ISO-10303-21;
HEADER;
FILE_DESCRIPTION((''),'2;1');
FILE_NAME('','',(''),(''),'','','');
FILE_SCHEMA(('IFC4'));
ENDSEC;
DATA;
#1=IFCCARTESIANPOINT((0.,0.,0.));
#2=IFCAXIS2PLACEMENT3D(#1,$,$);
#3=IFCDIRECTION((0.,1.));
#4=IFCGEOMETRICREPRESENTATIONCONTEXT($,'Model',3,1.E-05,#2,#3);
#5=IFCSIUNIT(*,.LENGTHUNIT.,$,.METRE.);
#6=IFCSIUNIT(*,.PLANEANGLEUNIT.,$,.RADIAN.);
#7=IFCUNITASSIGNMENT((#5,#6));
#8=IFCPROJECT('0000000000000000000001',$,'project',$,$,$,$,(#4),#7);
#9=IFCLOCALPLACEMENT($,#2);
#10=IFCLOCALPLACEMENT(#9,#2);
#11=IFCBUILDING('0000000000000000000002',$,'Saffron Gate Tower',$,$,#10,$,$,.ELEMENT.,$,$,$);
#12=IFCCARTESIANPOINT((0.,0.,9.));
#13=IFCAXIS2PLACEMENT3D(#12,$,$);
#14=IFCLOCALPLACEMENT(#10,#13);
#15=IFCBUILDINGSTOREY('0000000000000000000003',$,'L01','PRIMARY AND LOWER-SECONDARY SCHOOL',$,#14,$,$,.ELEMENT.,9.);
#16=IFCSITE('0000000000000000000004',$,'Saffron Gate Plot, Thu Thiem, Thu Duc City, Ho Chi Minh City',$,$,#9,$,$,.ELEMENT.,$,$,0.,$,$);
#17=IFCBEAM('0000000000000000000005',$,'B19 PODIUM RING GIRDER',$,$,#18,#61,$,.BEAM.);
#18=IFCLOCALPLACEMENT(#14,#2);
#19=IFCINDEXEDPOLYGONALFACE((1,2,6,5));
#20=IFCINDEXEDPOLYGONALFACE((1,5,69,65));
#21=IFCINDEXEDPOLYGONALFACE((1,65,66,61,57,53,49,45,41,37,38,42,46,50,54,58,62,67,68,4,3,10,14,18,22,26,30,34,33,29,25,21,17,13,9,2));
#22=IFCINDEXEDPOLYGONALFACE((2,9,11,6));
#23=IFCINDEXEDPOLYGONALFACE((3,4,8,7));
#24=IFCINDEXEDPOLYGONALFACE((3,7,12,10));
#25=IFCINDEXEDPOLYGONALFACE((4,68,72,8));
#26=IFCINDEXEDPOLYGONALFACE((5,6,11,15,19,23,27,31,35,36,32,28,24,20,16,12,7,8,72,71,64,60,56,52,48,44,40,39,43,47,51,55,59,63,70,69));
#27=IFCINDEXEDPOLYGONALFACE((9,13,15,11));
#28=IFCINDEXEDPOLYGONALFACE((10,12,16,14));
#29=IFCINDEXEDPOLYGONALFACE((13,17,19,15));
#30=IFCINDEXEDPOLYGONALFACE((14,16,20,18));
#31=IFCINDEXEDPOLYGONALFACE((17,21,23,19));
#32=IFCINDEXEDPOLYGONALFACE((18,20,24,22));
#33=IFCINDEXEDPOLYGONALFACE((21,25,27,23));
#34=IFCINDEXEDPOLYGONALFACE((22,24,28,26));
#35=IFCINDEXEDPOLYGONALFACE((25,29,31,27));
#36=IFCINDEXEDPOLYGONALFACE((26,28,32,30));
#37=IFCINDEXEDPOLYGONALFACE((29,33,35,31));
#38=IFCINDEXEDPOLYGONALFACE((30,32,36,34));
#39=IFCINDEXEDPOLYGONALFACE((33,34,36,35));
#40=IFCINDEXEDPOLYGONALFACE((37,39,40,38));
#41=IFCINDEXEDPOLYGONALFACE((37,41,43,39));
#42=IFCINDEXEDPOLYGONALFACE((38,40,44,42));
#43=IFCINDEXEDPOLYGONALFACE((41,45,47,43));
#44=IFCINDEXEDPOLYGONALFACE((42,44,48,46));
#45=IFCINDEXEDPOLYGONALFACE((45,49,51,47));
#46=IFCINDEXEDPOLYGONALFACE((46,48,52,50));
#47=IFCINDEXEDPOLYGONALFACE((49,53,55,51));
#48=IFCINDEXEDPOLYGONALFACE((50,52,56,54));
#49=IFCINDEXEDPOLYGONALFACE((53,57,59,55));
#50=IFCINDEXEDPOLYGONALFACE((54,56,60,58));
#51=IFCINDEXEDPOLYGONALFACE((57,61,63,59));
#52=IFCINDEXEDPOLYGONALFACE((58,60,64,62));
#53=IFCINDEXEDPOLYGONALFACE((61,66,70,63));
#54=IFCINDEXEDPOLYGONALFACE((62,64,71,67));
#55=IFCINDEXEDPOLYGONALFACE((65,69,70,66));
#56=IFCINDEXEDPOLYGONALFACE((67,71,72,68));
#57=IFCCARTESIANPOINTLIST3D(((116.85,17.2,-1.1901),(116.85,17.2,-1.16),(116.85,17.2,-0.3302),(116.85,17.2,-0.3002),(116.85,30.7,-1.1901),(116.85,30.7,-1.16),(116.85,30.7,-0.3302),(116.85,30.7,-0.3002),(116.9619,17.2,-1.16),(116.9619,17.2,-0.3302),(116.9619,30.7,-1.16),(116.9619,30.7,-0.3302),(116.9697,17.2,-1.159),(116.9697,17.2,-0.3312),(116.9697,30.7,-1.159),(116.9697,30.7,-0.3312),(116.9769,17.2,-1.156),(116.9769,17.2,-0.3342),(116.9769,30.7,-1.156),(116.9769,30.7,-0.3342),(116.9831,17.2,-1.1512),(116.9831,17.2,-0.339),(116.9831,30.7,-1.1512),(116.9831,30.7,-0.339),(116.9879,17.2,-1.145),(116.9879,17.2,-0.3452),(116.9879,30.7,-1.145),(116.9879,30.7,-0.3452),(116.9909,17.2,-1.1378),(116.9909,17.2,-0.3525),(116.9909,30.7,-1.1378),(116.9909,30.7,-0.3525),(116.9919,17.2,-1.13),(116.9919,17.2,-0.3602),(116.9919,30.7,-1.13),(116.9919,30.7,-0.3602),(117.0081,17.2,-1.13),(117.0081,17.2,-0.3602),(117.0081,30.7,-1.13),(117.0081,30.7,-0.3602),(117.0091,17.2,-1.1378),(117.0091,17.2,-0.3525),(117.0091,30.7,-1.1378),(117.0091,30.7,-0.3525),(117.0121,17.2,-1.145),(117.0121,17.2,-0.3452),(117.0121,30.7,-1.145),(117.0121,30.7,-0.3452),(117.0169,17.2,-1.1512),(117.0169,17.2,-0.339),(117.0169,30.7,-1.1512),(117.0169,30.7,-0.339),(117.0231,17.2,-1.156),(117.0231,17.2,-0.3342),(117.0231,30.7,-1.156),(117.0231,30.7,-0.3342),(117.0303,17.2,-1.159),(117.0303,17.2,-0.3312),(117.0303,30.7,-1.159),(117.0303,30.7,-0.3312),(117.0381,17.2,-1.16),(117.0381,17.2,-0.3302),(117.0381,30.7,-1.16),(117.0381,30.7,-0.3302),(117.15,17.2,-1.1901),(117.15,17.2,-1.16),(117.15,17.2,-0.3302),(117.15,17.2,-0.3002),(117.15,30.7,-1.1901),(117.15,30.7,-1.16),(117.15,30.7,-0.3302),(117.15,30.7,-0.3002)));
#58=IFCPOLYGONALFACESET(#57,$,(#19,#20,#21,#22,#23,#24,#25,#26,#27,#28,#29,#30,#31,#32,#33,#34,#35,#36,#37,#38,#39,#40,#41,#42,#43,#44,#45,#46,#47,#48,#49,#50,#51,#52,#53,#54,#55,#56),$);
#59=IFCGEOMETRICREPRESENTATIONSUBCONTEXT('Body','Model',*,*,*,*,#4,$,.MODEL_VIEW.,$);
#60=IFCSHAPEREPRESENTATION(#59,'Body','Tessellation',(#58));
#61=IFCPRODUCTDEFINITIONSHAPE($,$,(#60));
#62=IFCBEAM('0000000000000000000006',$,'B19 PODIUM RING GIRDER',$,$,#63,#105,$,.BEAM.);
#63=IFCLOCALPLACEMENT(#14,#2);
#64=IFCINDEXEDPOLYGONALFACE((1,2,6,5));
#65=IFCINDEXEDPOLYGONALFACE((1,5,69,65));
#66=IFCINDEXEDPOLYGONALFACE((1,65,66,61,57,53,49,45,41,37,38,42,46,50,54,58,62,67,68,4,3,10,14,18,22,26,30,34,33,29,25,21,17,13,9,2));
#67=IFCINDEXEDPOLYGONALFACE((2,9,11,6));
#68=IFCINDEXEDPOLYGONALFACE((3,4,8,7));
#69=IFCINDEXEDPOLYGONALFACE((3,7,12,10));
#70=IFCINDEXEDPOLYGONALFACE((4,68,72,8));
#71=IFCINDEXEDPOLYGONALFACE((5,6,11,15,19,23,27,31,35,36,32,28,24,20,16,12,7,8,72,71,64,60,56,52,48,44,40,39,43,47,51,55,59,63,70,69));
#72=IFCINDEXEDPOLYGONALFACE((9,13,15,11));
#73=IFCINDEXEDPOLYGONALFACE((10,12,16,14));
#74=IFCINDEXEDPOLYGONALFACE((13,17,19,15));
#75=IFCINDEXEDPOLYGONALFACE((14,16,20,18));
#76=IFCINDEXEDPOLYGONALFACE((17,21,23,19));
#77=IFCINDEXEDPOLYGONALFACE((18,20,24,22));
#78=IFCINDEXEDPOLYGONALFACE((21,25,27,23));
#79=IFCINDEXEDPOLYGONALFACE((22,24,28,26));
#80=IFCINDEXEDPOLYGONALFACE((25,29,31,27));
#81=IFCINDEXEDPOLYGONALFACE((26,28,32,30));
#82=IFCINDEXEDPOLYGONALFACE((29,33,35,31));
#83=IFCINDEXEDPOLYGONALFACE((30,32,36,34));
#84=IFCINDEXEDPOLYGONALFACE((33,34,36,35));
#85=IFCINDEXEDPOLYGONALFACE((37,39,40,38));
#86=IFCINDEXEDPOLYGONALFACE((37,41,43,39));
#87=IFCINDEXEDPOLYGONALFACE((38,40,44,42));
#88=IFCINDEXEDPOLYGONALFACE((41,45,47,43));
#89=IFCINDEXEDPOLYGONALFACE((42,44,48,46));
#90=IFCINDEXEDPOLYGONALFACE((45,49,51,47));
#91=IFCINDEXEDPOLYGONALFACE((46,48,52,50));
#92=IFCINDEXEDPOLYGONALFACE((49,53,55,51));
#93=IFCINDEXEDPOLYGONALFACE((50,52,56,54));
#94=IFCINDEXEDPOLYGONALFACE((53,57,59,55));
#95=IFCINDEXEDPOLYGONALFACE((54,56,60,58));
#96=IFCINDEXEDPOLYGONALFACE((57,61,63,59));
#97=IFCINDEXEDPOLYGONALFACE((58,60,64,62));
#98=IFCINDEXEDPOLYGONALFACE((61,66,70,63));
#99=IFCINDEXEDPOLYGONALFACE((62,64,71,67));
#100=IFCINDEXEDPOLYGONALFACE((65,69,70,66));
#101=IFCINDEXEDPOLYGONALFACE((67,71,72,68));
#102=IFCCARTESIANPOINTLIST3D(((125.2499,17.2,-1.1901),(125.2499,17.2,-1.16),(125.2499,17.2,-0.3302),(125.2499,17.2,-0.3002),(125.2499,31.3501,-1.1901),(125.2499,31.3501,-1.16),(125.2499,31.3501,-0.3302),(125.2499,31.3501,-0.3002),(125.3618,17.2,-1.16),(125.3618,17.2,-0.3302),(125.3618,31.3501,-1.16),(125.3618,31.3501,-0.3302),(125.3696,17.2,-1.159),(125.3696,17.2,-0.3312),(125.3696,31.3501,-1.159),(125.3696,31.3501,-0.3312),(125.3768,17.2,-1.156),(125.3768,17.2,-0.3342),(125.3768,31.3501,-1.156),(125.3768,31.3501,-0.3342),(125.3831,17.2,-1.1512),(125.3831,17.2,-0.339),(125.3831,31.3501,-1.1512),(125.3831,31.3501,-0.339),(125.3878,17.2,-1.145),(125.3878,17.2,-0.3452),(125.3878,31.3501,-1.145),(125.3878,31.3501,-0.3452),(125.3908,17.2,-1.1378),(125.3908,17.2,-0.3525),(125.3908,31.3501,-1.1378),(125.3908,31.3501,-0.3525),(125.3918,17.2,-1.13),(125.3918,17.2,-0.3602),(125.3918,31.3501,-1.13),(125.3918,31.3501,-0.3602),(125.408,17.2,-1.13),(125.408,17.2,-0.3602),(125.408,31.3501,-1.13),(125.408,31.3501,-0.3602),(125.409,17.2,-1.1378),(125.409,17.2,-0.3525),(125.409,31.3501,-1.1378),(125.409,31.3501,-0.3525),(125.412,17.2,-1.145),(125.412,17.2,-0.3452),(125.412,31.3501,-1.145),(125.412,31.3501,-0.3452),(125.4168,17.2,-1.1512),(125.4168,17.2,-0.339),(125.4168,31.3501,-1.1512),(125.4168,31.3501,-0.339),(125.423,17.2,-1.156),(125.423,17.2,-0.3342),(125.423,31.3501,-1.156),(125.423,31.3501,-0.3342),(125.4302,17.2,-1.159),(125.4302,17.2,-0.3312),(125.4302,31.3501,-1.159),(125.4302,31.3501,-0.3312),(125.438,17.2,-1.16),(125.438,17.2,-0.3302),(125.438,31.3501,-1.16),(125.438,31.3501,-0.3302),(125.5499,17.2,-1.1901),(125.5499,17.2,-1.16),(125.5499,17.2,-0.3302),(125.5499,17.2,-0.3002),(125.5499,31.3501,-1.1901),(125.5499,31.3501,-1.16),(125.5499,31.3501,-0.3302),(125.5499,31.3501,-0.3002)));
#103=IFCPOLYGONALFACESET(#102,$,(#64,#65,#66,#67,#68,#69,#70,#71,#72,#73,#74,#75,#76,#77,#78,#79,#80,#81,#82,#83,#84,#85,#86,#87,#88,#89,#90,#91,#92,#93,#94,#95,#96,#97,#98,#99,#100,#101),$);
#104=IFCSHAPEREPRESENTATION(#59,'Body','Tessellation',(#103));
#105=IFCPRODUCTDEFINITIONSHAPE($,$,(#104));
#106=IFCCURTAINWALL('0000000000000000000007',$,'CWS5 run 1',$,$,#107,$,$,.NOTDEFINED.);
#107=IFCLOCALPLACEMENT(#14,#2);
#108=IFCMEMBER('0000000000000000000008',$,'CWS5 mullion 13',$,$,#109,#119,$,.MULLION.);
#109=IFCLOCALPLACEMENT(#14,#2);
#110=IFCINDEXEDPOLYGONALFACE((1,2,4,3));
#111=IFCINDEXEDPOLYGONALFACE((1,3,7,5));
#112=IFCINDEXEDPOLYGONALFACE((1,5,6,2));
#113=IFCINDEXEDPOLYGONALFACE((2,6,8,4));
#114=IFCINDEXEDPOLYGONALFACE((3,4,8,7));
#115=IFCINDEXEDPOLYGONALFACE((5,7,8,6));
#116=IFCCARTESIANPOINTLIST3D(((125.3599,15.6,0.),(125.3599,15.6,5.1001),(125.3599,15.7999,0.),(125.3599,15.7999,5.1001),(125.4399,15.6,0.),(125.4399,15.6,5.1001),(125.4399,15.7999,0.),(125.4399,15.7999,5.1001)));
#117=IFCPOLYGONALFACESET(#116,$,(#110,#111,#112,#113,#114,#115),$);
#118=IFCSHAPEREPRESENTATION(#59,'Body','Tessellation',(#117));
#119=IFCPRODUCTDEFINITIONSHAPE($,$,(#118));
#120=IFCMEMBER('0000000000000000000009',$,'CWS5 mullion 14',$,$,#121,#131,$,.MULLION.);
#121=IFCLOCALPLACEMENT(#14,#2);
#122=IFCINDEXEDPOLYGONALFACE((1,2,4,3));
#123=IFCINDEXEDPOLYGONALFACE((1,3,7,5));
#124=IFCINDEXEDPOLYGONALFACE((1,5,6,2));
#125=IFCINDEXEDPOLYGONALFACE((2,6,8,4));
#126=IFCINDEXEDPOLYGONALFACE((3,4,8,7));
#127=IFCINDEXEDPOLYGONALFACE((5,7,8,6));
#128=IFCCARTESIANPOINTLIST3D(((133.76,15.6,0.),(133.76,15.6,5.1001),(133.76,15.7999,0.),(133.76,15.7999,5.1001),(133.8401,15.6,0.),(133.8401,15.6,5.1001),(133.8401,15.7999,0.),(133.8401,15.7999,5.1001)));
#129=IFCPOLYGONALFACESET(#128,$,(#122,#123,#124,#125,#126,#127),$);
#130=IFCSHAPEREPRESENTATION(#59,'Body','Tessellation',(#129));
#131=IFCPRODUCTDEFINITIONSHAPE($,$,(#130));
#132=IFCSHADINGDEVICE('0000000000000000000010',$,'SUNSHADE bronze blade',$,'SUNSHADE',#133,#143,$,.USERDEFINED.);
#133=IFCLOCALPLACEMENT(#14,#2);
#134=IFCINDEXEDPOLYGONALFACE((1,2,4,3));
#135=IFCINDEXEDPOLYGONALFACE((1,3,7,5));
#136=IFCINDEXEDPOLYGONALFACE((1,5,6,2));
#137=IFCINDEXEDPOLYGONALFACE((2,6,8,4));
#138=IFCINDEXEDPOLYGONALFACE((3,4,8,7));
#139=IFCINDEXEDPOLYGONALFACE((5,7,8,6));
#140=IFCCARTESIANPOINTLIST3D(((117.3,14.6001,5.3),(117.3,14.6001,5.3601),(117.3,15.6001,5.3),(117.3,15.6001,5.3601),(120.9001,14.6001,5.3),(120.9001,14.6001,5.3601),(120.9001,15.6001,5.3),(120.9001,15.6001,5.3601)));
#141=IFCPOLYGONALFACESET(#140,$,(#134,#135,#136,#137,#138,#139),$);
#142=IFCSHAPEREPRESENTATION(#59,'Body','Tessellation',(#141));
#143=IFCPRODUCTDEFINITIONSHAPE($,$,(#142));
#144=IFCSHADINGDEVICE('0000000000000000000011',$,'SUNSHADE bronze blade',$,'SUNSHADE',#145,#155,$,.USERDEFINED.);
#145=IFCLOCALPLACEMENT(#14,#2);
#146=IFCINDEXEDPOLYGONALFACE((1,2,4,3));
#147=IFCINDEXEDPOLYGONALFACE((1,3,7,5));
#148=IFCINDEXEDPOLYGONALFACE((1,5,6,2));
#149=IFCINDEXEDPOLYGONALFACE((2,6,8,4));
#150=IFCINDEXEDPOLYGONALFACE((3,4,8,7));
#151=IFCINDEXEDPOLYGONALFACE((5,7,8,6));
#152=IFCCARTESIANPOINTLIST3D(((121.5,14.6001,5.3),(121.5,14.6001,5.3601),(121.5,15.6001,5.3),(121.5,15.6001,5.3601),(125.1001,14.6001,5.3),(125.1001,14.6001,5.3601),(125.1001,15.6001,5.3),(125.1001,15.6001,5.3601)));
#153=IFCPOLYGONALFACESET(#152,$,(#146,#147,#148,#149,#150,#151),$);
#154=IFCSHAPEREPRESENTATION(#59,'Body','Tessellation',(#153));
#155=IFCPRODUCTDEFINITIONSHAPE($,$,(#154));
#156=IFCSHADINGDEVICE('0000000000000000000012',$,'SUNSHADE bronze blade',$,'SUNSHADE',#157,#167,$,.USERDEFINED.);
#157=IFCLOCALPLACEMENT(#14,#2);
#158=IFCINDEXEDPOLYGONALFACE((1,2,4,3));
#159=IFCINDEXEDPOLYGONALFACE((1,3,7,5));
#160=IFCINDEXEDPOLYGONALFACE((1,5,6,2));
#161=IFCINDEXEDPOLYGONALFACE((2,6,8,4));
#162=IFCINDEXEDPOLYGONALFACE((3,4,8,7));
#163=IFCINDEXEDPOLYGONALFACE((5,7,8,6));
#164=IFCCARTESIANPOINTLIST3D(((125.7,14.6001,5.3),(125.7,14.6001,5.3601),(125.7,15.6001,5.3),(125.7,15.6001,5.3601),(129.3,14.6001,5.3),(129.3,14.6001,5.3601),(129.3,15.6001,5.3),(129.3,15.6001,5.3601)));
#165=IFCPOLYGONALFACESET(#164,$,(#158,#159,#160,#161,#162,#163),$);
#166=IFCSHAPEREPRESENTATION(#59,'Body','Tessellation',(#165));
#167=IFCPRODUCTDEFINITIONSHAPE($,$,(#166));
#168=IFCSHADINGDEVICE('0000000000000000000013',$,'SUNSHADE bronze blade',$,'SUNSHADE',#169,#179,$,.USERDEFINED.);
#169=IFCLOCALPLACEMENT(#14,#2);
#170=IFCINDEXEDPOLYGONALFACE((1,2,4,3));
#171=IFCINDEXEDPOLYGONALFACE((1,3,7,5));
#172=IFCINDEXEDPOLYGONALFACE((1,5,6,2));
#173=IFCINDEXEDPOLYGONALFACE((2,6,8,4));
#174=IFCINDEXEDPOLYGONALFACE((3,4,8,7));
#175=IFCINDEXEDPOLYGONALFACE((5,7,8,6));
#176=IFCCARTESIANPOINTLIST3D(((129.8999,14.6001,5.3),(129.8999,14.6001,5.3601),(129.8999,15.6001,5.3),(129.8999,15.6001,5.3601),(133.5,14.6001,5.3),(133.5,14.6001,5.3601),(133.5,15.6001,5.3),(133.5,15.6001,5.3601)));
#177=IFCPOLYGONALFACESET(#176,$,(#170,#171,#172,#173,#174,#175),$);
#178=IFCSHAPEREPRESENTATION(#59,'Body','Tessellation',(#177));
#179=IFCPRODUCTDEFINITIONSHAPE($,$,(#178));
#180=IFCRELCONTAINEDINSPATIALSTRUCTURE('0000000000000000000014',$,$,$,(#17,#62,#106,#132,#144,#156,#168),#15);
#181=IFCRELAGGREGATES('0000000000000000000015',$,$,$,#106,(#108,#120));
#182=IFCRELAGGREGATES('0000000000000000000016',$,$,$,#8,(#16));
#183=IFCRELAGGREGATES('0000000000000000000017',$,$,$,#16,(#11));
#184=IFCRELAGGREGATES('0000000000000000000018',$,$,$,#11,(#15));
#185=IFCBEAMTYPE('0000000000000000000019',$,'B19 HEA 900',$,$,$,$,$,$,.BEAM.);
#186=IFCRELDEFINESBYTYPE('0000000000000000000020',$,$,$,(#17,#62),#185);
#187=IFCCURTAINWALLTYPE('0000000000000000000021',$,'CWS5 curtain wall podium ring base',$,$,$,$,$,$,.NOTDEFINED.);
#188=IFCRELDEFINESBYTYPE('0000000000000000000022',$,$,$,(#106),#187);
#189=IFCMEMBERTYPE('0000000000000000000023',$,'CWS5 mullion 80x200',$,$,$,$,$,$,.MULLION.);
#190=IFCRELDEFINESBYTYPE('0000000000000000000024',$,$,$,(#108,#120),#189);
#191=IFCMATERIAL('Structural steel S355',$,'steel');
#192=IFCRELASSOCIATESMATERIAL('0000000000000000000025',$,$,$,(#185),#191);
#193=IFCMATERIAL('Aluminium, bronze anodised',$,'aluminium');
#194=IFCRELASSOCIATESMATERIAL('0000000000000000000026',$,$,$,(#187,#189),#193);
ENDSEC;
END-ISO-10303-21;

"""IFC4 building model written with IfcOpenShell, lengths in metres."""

from ifc_helpers import new_model, si_unit, direction, frame, origin, origin_2d, place, context, subcontext, project, spatial, rectangle, i_section, extrude, material, material_profile, profile_set, type_object, element, aggregate, save


model = new_model("IFC4")

# Units and contexts
model_context = context("Model", 3, precision=1e-05, world=origin(), true_north=direction((0.0, 1.0)))
body_context = subcontext(model_context, "Body", "Model", "MODEL_VIEW")
ifc_project = project(units=[si_unit("LENGTHUNIT", "METRE"), si_unit("PLANEANGLEUNIT", "RADIAN")], contexts=[model_context])

# Site, building, storey
site_placement = place(None, origin())
site = spatial("IfcSite", under=ifc_project, at=site_placement, Name="Saffron Gate Plot, Thu Thiem, Thu Duc City, Ho Chi Minh City", CompositionType="ELEMENT", RefElevation=0.0)
building_placement = place(site_placement, origin())
building = spatial("IfcBuilding", under=site, at=building_placement, Name="Saffron Gate Tower", CompositionType="ELEMENT")
storey_placement = place(building_placement, frame((0.0, 0.0, 9.0)))
storey = spatial("IfcBuildingStorey", under=building, at=storey_placement, Name="L01", Description="PRIMARY AND LOWER-SECONDARY SCHOOL", CompositionType="ELEMENT", Elevation=9.0)

# Beams
ifc_material_1 = material(Name="Structural steel S355", Category="steel")
ifc_material_profile_1 = material_profile(ifc_material_1, i_section(OverallWidth=0.3, OverallDepth=0.8899, WebThickness=0.0161, FlangeThickness=0.03, FilletRadius=0.03, at=origin_2d()))
ifc_profile_set_1 = profile_set([ifc_material_profile_1], Name="Structural steel S355")
beam_type_1 = type_object("IfcBeamType", Name="B19 HEA 900", PredefinedType="BEAM", material=ifc_profile_set_1)
beam_1_placement = place(storey_placement, frame((117.0, 17.2, -0.7451), z_axis=(0.0, 1.0, 0.0), x_axis=(-1.0, 0.0, 0.0)))
element("IfcBeam", 1, at=beam_1_placement, inside=storey, type_object=beam_type_1, Name="B19 PODIUM RING GIRDER", PredefinedType="BEAM", context=body_context, shape_type="SweptSolid", body=[
    extrude(i_section(OverallWidth=0.3, OverallDepth=0.8899, WebThickness=0.0161, FlangeThickness=0.03, FilletRadius=0.03, at=origin_2d()), origin(), (0.0, 0.0, 1.0), 13.5),
])
beam_2_placement = place(storey_placement, frame((125.3999, 17.2, -0.7451), z_axis=(0.0, 1.0, 0.0), x_axis=(-1.0, 0.0, 0.0)))
element("IfcBeam", 2, at=beam_2_placement, inside=storey, type_object=beam_type_1, Name="B19 PODIUM RING GIRDER", PredefinedType="BEAM", context=body_context, shape_type="SweptSolid", body=[
    extrude(i_section(OverallWidth=0.3, OverallDepth=0.8899, WebThickness=0.0161, FlangeThickness=0.03, FilletRadius=0.03, at=origin_2d()), origin(), (0.0, 0.0, 1.0), 14.1501),
])

# Curtain wall, members
ifc_material_2 = material(Name="Aluminium, bronze anodised", Category="aluminium")
curtain_wall_type = type_object("IfcCurtainWallType", Name="CWS5 curtain wall podium ring base", PredefinedType="NOTDEFINED", material=ifc_material_2)
curtain_wall_placement = place(storey_placement, origin())
curtain_wall = element("IfcCurtainWall", 3, at=curtain_wall_placement, inside=storey, type_object=curtain_wall_type, Name="CWS5 run 1", PredefinedType="NOTDEFINED")
ifc_material_profile_2 = material_profile(ifc_material_2, rectangle(XDim=0.2, YDim=0.0801, at=origin_2d()))
ifc_profile_set_2 = profile_set([ifc_material_profile_2], Name="Aluminium, bronze anodised")
member_type = type_object("IfcMemberType", Name="CWS5 mullion 80x200", PredefinedType="MULLION", material=ifc_profile_set_2)
member_1_placement = place(storey_placement, frame((125.3999, 15.7, 0.0), z_axis=(0.0, 0.0, 1.0), x_axis=(0.0, 1.0, 0.0)))
member_1 = element("IfcMember", 4, at=member_1_placement, type_object=member_type, Name="CWS5 mullion 13", PredefinedType="MULLION", context=body_context, shape_type="SweptSolid", body=[
    extrude(rectangle(XDim=0.2, YDim=0.0801, at=origin_2d()), origin(), (0.0, 0.0, 1.0), 5.1001),
])
member_2_placement = place(storey_placement, frame((133.8, 15.7, 0.0), z_axis=(0.0, 0.0, 1.0), x_axis=(0.0, 1.0, 0.0)))
member_2 = element("IfcMember", 5, at=member_2_placement, type_object=member_type, Name="CWS5 mullion 14", PredefinedType="MULLION", context=body_context, shape_type="SweptSolid", body=[
    extrude(rectangle(XDim=0.2, YDim=0.0801, at=origin_2d()), origin(), (0.0, 0.0, 1.0), 5.1001),
])
aggregate(curtain_wall, [member_1, member_2])

# Shading devices
for number, where, z_axis, x_axis, name in (
    (6, (119.1001, 15.1001, 5.3), (0.0, 0.0, 1.0), (1.0, 0.0, 0.0), "SUNSHADE bronze blade"),
    (7, (123.3, 15.1001, 5.3), (0.0, 0.0, 1.0), (1.0, 0.0, 0.0), "SUNSHADE bronze blade"),
    (8, (127.5, 15.1001, 5.3), (0.0, 0.0, 1.0), (1.0, 0.0, 0.0), "SUNSHADE bronze blade"),
    (9, (131.7, 15.1001, 5.3), (0.0, 0.0, 1.0), (1.0, 0.0, 0.0), "SUNSHADE bronze blade"),
):
    element("IfcShadingDevice", number, at=place(storey_placement, frame(where, z_axis=z_axis, x_axis=x_axis)), inside=storey, Name=name, ObjectType="SUNSHADE", PredefinedType="USERDEFINED", context=body_context, shape_type="SweptSolid", body=[
        extrude(rectangle(XDim=3.6001, YDim=1.0, at=origin_2d()), origin(), (0.0, 0.0, 1.0), 0.0601),
    ])

save(model, "model.ifc")
